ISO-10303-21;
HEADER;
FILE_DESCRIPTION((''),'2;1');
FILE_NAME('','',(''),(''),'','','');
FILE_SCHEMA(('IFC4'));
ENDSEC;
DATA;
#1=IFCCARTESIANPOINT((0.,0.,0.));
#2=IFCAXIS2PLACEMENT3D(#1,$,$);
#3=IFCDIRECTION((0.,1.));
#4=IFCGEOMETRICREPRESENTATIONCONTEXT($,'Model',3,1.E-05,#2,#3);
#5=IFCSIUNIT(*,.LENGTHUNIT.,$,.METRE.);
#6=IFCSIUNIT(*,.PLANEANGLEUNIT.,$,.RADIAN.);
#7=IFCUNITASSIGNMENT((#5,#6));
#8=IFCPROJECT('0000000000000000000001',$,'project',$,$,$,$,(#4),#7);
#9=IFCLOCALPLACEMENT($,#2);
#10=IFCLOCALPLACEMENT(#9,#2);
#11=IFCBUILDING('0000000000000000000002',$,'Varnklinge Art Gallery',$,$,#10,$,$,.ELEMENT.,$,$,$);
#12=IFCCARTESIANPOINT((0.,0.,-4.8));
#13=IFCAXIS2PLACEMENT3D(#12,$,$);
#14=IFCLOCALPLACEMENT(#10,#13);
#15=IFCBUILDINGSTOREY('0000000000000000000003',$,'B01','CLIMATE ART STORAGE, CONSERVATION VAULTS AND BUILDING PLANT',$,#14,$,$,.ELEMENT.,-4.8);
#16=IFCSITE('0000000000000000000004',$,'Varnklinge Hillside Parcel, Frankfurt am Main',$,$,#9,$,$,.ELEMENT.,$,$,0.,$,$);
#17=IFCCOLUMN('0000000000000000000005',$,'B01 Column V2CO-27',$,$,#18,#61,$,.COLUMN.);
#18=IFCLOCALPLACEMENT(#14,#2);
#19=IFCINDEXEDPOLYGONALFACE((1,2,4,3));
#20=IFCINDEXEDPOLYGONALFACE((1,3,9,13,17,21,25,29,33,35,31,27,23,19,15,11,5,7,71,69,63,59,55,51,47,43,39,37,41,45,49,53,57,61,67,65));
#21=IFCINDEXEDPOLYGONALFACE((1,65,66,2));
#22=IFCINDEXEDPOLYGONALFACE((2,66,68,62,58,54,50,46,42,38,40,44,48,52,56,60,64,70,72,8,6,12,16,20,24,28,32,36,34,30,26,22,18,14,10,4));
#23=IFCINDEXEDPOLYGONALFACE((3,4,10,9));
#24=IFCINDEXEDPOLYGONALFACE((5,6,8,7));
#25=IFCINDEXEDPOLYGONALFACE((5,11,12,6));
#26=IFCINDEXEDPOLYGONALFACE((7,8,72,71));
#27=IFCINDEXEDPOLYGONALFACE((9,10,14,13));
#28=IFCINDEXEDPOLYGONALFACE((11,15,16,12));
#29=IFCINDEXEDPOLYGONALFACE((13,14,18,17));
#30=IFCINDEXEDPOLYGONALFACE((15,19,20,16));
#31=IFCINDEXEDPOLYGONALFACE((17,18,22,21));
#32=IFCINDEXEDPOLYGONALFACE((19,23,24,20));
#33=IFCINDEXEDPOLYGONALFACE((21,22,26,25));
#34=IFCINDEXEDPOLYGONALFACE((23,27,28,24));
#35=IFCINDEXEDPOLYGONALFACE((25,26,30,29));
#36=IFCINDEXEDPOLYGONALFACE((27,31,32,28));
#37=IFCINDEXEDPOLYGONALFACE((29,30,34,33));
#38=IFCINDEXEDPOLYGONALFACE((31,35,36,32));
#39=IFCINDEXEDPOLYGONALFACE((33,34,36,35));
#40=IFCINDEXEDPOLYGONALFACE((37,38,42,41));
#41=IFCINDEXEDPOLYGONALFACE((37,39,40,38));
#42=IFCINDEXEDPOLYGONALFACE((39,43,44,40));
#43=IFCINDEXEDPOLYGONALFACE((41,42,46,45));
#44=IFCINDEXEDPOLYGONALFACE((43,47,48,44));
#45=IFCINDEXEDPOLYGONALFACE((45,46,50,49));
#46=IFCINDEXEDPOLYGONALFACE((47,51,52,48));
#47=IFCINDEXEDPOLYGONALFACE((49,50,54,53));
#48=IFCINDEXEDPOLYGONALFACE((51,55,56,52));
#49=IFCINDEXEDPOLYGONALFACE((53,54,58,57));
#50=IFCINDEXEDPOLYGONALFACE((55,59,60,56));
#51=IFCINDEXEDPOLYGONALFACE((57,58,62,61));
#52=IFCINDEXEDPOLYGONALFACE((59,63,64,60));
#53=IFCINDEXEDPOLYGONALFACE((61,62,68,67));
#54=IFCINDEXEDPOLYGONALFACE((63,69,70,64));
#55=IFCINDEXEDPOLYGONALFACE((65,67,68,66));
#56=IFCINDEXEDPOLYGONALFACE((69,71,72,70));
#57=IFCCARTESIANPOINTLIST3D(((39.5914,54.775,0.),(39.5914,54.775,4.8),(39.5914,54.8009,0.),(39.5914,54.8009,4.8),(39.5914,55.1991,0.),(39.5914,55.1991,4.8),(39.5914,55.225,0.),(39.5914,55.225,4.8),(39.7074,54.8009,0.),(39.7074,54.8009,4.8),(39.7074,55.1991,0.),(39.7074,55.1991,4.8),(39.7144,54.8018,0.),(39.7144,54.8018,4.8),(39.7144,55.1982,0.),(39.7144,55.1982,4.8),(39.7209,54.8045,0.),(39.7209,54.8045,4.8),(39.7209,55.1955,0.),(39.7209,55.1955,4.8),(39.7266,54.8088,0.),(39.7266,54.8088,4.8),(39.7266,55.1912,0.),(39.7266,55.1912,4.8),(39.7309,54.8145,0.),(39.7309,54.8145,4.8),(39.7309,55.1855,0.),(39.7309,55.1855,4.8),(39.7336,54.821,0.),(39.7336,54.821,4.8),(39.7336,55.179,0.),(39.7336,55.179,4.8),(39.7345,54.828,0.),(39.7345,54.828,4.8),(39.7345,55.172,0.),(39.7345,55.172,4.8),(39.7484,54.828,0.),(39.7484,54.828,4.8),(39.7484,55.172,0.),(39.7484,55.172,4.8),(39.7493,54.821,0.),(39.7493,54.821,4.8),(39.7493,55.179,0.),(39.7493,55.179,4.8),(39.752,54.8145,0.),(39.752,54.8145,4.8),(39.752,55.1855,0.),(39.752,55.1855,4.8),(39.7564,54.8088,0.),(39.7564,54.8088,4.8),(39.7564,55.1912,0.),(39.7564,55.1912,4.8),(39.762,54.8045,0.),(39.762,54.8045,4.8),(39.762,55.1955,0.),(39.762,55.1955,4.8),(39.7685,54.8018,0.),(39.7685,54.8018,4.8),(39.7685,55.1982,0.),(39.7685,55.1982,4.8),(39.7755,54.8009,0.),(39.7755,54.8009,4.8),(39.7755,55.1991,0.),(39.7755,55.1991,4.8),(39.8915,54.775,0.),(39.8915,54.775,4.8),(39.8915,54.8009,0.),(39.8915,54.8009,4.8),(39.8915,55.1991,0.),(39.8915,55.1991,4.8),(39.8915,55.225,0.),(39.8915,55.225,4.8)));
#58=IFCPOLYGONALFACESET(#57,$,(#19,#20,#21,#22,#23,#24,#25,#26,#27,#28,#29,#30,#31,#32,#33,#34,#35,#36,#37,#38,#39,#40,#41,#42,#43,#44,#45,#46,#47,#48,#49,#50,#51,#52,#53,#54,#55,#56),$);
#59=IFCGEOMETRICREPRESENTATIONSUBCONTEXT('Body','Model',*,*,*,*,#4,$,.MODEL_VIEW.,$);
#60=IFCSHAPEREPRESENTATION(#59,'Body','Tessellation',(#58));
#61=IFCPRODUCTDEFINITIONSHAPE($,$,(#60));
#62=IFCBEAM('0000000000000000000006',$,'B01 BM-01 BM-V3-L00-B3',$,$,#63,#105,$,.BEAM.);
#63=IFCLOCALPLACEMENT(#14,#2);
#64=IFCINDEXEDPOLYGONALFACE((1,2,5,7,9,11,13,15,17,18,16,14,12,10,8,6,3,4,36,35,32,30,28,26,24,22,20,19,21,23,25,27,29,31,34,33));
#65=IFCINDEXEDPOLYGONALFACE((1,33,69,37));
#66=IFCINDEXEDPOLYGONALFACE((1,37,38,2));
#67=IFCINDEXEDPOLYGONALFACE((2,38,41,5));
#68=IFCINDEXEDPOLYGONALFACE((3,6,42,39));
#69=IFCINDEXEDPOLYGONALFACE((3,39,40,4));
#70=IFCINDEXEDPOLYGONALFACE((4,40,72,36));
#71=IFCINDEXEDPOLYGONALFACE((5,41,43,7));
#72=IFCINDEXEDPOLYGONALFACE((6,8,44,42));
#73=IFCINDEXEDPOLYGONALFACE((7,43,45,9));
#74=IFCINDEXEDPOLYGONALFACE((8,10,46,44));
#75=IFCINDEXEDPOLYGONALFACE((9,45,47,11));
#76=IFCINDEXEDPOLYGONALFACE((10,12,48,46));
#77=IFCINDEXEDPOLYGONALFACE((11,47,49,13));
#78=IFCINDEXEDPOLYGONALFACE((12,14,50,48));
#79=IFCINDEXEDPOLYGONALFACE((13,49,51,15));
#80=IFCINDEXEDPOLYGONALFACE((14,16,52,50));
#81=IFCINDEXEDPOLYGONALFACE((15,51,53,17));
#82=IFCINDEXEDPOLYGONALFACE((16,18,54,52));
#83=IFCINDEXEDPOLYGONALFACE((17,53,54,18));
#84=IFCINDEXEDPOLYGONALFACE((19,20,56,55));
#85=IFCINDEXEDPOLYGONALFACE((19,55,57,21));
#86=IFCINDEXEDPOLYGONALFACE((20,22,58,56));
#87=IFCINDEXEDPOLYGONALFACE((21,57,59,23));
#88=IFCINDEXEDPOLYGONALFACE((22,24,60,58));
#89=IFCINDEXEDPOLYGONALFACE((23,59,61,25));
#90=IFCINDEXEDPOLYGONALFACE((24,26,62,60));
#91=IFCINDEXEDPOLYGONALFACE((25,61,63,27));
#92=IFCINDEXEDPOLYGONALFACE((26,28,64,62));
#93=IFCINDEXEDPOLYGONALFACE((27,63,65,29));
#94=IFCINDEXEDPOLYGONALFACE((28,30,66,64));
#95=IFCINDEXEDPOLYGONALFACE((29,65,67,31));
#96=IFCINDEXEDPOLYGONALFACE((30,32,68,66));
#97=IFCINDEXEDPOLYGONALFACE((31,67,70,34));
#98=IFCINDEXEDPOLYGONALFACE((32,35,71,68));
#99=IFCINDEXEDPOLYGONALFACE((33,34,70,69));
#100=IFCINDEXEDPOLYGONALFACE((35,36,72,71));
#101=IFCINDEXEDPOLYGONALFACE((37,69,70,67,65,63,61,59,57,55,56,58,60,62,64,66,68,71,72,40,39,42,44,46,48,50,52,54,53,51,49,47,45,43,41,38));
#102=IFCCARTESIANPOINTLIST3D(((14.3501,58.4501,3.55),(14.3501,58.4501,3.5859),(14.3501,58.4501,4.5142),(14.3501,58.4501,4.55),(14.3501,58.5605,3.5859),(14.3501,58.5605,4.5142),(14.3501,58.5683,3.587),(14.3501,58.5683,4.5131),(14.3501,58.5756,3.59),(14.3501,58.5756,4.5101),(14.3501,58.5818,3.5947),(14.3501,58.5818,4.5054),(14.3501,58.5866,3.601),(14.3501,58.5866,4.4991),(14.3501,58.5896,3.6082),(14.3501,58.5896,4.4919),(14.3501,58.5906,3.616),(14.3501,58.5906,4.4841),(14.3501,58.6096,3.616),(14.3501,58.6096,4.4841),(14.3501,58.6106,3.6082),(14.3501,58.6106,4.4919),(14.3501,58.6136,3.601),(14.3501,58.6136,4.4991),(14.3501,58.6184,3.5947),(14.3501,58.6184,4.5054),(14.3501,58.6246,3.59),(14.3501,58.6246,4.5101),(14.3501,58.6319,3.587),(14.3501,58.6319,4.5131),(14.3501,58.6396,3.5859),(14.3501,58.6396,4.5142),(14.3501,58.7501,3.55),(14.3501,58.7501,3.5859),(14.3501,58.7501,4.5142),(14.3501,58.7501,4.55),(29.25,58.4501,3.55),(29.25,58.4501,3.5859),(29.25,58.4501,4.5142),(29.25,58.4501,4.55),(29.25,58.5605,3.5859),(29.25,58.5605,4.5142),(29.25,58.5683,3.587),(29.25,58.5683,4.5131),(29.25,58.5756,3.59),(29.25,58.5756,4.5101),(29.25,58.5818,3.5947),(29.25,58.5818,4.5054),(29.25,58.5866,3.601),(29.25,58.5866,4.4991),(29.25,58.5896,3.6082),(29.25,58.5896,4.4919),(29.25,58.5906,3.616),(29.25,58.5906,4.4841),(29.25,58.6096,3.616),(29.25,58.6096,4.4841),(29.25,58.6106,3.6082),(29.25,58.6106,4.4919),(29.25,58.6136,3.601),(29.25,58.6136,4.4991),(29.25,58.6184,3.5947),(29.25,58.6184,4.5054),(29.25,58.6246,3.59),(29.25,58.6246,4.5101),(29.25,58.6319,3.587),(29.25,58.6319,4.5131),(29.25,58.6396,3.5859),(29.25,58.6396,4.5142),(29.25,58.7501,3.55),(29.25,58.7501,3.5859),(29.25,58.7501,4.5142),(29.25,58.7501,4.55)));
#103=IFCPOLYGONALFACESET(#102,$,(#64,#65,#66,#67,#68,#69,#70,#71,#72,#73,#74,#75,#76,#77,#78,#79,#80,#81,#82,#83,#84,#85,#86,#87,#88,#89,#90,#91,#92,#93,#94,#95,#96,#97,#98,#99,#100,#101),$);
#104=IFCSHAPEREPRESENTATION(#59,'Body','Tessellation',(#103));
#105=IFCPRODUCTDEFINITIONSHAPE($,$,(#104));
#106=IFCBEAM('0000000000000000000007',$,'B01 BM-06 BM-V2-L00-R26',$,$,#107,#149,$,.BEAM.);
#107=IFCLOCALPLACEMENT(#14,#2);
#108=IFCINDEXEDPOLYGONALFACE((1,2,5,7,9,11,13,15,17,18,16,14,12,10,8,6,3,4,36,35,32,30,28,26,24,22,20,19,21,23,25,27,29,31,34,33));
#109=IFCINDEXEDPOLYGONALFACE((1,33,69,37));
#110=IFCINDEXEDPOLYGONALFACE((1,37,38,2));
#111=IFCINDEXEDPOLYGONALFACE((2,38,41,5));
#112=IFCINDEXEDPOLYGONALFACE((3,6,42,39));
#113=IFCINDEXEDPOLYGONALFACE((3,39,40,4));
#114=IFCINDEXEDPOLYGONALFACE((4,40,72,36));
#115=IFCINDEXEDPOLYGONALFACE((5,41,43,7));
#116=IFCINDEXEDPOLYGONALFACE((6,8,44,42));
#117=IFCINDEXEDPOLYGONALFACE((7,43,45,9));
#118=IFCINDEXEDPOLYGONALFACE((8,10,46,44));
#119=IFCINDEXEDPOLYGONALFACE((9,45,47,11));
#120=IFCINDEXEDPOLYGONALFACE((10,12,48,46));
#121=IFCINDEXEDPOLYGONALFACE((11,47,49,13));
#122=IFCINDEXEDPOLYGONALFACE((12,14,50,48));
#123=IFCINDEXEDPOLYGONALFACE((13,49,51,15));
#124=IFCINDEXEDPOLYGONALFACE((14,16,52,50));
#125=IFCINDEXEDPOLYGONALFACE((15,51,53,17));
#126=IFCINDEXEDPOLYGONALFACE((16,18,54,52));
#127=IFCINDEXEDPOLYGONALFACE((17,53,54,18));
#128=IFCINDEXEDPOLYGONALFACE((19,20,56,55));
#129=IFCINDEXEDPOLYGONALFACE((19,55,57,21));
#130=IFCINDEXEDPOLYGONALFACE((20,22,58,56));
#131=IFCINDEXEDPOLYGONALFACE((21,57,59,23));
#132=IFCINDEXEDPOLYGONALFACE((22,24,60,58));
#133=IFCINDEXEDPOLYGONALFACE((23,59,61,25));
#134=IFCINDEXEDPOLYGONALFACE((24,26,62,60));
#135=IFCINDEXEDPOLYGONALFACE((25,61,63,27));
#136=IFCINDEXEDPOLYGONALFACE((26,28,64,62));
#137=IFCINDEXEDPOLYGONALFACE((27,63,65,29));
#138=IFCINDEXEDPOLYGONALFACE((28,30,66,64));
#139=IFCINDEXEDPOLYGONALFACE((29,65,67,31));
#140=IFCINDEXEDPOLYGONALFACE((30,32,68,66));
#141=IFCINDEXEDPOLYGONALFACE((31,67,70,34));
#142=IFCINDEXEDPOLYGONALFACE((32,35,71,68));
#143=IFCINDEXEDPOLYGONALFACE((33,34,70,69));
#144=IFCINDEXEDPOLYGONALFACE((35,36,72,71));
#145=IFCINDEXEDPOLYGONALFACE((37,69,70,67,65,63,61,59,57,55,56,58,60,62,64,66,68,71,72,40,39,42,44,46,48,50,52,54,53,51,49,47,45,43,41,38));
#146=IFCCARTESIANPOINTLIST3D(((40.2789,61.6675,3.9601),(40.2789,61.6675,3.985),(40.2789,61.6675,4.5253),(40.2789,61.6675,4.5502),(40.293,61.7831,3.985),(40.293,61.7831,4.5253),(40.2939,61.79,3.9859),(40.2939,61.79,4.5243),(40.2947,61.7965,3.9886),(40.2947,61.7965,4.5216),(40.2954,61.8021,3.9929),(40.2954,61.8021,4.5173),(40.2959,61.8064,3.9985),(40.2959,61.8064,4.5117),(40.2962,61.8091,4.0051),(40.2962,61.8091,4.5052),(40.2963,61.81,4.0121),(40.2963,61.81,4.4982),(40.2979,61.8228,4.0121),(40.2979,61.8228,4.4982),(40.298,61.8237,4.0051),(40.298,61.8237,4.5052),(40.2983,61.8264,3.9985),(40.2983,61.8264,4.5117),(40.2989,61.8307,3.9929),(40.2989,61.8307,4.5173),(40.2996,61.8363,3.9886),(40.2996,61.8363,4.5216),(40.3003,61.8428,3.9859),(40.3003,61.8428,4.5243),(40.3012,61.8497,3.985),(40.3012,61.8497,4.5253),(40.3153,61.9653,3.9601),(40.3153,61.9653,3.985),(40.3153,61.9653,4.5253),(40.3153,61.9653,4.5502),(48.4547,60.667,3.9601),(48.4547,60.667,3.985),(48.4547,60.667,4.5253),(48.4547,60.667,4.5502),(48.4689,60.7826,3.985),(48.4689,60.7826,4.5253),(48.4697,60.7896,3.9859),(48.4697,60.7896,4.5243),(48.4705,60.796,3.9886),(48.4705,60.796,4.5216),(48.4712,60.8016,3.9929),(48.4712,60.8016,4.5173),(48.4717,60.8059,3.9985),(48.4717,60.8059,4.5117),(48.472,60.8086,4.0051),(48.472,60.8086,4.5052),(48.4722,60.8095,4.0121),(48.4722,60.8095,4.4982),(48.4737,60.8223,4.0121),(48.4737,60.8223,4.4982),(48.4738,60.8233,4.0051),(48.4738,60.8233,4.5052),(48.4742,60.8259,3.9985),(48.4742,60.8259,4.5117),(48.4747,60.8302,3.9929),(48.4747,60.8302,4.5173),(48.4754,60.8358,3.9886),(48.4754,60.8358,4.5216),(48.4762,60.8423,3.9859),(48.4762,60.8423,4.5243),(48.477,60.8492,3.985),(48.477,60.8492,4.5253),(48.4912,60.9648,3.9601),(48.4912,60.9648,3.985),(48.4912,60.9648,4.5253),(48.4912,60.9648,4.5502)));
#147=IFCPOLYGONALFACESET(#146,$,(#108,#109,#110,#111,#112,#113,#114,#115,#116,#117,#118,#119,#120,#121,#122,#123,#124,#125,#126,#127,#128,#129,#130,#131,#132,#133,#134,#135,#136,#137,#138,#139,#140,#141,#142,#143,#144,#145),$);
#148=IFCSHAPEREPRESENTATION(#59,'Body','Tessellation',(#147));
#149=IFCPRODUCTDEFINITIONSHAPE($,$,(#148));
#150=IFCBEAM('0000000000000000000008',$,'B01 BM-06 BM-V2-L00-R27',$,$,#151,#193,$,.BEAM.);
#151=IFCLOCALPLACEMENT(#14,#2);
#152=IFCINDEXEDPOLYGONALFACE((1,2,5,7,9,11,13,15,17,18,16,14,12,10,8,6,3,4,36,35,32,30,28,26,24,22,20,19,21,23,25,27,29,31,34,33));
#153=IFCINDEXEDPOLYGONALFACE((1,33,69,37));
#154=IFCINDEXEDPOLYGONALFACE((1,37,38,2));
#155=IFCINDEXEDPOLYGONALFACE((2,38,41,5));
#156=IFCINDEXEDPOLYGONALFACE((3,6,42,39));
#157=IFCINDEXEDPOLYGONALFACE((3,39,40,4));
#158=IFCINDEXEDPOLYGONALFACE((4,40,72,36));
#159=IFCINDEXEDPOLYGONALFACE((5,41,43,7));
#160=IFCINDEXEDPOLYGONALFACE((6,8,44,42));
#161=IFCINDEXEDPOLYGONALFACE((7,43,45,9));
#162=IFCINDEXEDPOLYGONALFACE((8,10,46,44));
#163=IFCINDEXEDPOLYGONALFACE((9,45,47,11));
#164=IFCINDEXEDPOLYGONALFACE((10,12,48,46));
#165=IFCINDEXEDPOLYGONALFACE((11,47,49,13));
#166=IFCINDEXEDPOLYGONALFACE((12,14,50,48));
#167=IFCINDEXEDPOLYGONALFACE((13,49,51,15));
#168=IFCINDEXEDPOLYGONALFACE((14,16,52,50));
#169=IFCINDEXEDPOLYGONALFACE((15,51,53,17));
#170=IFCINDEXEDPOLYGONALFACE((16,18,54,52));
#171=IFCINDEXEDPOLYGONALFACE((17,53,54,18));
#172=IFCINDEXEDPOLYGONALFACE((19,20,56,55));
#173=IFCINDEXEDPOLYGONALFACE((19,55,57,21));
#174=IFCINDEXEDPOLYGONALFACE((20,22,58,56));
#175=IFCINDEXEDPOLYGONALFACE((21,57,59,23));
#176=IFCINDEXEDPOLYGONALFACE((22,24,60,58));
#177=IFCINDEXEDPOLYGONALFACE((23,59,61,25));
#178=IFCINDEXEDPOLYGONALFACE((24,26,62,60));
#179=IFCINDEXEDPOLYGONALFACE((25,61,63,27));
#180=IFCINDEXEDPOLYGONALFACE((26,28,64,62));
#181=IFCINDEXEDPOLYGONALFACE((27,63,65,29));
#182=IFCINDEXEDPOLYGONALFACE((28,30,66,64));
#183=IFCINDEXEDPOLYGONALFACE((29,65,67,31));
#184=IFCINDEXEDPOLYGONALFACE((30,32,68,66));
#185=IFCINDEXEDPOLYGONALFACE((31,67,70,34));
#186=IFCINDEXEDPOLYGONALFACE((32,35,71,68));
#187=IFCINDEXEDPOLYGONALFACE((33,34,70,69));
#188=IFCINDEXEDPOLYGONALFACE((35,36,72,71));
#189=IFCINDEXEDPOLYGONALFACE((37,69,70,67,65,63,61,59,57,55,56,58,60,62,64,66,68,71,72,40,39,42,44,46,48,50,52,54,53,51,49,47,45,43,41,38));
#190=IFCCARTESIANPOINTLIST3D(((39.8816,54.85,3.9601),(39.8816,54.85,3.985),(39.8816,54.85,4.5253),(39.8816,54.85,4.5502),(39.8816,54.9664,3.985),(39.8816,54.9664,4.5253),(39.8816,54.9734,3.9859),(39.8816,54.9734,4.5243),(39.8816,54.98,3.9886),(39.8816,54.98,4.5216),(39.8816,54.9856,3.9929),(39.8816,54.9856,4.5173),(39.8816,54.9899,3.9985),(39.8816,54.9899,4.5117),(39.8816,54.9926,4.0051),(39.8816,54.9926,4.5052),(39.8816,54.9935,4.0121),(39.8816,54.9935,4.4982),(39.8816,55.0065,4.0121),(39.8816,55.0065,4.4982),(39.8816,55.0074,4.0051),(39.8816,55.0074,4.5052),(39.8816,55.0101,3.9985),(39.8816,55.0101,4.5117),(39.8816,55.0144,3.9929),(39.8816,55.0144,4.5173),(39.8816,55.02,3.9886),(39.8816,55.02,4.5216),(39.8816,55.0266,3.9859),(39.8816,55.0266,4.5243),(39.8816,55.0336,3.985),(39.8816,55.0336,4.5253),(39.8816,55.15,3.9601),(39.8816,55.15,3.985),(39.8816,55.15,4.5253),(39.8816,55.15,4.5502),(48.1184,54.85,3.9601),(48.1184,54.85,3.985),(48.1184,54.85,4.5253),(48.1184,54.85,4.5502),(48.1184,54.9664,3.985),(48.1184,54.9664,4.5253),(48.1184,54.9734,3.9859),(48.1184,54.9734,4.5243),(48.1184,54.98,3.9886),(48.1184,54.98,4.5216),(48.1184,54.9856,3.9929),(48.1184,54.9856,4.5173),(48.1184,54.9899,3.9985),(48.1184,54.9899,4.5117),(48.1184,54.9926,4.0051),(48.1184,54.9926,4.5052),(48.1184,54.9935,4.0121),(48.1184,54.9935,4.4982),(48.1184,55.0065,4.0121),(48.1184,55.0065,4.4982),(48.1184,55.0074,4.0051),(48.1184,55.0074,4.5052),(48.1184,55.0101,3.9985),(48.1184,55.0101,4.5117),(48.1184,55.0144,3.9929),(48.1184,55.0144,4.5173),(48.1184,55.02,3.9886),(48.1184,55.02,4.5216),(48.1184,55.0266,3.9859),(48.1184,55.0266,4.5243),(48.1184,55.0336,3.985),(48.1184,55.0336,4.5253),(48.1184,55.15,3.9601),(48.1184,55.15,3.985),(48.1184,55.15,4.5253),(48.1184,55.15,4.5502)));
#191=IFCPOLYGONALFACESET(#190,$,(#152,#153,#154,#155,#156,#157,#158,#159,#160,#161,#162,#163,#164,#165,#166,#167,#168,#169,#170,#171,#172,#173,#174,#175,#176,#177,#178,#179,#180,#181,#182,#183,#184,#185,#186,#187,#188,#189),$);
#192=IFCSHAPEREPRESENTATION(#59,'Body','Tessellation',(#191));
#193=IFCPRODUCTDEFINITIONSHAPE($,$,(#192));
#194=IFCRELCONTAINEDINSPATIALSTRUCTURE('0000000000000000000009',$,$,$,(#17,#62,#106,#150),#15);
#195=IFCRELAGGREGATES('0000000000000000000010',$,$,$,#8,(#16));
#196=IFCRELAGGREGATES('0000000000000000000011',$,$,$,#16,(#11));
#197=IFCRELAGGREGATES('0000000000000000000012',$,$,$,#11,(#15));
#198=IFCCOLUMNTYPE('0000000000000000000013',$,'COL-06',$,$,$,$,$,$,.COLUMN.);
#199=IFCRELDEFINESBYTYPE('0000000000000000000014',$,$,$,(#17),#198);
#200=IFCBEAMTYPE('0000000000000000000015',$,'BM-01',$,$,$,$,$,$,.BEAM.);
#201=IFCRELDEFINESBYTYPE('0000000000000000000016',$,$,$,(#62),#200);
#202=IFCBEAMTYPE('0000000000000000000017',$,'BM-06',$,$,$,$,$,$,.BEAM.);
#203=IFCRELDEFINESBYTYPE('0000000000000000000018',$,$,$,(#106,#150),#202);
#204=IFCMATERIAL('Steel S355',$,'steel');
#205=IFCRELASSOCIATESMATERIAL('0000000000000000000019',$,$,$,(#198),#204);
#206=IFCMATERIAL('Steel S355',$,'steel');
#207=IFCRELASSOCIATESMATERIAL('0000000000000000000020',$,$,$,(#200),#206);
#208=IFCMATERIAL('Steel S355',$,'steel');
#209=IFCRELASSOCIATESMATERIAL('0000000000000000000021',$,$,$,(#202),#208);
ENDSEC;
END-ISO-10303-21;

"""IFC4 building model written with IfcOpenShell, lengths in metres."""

from ifc_helpers import new_model, si_unit, direction, frame, origin, origin_2d, place, context, subcontext, project, spatial, i_section, extrude, material, material_profile, profile_set, type_object, element, save


model = new_model("IFC4")

# Units and contexts
model_context = context("Model", 3, precision=1e-05, world=origin(), true_north=direction((0.0, 1.0)))
body_context = subcontext(model_context, "Body", "Model", "MODEL_VIEW")
ifc_project = project(units=[si_unit("LENGTHUNIT", "METRE"), si_unit("PLANEANGLEUNIT", "RADIAN")], contexts=[model_context])

# Site, building, storey
site_placement = place(None, origin())
site = spatial("IfcSite", under=ifc_project, at=site_placement, Name="Varnklinge Hillside Parcel, Frankfurt am Main", CompositionType="ELEMENT", RefElevation=0.0)
building_placement = place(site_placement, origin())
building = spatial("IfcBuilding", under=site, at=building_placement, Name="Varnklinge Art Gallery", CompositionType="ELEMENT")
storey_placement = place(building_placement, frame((0.0, 0.0, -4.8)))
storey = spatial("IfcBuildingStorey", under=building, at=storey_placement, Name="B01", Description="CLIMATE ART STORAGE, CONSERVATION VAULTS AND BUILDING PLANT", CompositionType="ELEMENT", Elevation=-4.8)

# Column
ifc_material_1 = material(Name="Steel S355", Category="steel")
ifc_material_profile_1 = material_profile(ifc_material_1, i_section(OverallWidth=0.3, OverallDepth=0.45, WebThickness=0.0139, FlangeThickness=0.0259, FilletRadius=0.0271, at=origin_2d()), Name="HEB 450")
ifc_profile_set_1 = profile_set([ifc_material_profile_1], Name="Steel S355")
column_type_1 = type_object("IfcColumnType", Name="COL-06", PredefinedType="COLUMN", material=ifc_profile_set_1)
for number, where, z_axis, x_axis, name in (
    (1, (39.7415, 55.0, 0.0), (0.0, 0.0, 1.0), (1.0, 0.0, 0.0), "B01 Column V2CO-27"),
):
    element("IfcColumn", number, at=place(storey_placement, frame(where, z_axis=z_axis, x_axis=x_axis)), inside=storey, type_object=column_type_1, Name=name, PredefinedType="COLUMN", context=body_context, shape_type="SweptSolid", body=[
        extrude(i_section(OverallWidth=0.3, OverallDepth=0.45, WebThickness=0.0139, FlangeThickness=0.0259, FilletRadius=0.0271, at=origin_2d()), origin(), (0.0, 0.0, 1.0), 4.8),
    ])

# Beams
ifc_material_2 = material(Name="Steel S355", Category="steel")
ifc_material_profile_2 = material_profile(ifc_material_2, i_section(OverallWidth=0.3, OverallDepth=1.0, WebThickness=0.019, FlangeThickness=0.0359, FilletRadius=0.03, at=origin_2d()), Name="HEB 1000")
ifc_profile_set_2 = profile_set([ifc_material_profile_2], Name="Steel S355")
beam_type_1 = type_object("IfcBeamType", Name="BM-01", PredefinedType="BEAM", material=ifc_profile_set_2)
beam_1_placement = place(storey_placement, frame((29.25, 58.6001, 4.05), z_axis=(-1.0, 0.0, 0.0), x_axis=(0.0, -1.0, 0.0)))
element("IfcBeam", 2, at=beam_1_placement, inside=storey, type_object=beam_type_1, Name="B01 BM-01 BM-V3-L00-B3", PredefinedType="BEAM", context=body_context, shape_type="SweptSolid", body=[
    extrude(i_section(OverallWidth=0.3, OverallDepth=1.0, WebThickness=0.019, FlangeThickness=0.0359, FilletRadius=0.03, at=origin_2d()), origin(), (0.0, 0.0, 1.0), 14.8999),
])
ifc_material_3 = material(Name="Steel S355", Category="steel")
ifc_material_profile_3 = material_profile(ifc_material_3, i_section(OverallWidth=0.3, OverallDepth=0.5901, WebThickness=0.0129, FlangeThickness=0.0249, FilletRadius=0.0271, at=origin_2d()), Name="HEA 600")
ifc_profile_set_3 = profile_set([ifc_material_profile_3], Name="Steel S355")
beam_type_2 = type_object("IfcBeamType", Name="BM-06", PredefinedType="BEAM", material=ifc_profile_set_3)
for number, where, z_axis, x_axis, name in (
    (3, (40.2971, 61.8164, 4.2551), (0.992596, -0.121466, 0.0), (0.121466, 0.992596, 0.0), "B01 BM-06 BM-V2-L00-R26"),
    (4, (39.8816, 55.0, 4.2551), (1.0, 0.0, 0.0), (0.0, 1.0, 0.0), "B01 BM-06 BM-V2-L00-R27"),
):
    element("IfcBeam", number, at=place(storey_placement, frame(where, z_axis=z_axis, x_axis=x_axis)), inside=storey, type_object=beam_type_2, Name=name, PredefinedType="BEAM", context=body_context, shape_type="SweptSolid", body=[
        extrude(i_section(OverallWidth=0.3, OverallDepth=0.5901, WebThickness=0.0129, FlangeThickness=0.0249, FilletRadius=0.0271, at=origin_2d()), origin(), (0.0, 0.0, 1.0), 8.2368),
    ])

save(model, "model.ifc")
